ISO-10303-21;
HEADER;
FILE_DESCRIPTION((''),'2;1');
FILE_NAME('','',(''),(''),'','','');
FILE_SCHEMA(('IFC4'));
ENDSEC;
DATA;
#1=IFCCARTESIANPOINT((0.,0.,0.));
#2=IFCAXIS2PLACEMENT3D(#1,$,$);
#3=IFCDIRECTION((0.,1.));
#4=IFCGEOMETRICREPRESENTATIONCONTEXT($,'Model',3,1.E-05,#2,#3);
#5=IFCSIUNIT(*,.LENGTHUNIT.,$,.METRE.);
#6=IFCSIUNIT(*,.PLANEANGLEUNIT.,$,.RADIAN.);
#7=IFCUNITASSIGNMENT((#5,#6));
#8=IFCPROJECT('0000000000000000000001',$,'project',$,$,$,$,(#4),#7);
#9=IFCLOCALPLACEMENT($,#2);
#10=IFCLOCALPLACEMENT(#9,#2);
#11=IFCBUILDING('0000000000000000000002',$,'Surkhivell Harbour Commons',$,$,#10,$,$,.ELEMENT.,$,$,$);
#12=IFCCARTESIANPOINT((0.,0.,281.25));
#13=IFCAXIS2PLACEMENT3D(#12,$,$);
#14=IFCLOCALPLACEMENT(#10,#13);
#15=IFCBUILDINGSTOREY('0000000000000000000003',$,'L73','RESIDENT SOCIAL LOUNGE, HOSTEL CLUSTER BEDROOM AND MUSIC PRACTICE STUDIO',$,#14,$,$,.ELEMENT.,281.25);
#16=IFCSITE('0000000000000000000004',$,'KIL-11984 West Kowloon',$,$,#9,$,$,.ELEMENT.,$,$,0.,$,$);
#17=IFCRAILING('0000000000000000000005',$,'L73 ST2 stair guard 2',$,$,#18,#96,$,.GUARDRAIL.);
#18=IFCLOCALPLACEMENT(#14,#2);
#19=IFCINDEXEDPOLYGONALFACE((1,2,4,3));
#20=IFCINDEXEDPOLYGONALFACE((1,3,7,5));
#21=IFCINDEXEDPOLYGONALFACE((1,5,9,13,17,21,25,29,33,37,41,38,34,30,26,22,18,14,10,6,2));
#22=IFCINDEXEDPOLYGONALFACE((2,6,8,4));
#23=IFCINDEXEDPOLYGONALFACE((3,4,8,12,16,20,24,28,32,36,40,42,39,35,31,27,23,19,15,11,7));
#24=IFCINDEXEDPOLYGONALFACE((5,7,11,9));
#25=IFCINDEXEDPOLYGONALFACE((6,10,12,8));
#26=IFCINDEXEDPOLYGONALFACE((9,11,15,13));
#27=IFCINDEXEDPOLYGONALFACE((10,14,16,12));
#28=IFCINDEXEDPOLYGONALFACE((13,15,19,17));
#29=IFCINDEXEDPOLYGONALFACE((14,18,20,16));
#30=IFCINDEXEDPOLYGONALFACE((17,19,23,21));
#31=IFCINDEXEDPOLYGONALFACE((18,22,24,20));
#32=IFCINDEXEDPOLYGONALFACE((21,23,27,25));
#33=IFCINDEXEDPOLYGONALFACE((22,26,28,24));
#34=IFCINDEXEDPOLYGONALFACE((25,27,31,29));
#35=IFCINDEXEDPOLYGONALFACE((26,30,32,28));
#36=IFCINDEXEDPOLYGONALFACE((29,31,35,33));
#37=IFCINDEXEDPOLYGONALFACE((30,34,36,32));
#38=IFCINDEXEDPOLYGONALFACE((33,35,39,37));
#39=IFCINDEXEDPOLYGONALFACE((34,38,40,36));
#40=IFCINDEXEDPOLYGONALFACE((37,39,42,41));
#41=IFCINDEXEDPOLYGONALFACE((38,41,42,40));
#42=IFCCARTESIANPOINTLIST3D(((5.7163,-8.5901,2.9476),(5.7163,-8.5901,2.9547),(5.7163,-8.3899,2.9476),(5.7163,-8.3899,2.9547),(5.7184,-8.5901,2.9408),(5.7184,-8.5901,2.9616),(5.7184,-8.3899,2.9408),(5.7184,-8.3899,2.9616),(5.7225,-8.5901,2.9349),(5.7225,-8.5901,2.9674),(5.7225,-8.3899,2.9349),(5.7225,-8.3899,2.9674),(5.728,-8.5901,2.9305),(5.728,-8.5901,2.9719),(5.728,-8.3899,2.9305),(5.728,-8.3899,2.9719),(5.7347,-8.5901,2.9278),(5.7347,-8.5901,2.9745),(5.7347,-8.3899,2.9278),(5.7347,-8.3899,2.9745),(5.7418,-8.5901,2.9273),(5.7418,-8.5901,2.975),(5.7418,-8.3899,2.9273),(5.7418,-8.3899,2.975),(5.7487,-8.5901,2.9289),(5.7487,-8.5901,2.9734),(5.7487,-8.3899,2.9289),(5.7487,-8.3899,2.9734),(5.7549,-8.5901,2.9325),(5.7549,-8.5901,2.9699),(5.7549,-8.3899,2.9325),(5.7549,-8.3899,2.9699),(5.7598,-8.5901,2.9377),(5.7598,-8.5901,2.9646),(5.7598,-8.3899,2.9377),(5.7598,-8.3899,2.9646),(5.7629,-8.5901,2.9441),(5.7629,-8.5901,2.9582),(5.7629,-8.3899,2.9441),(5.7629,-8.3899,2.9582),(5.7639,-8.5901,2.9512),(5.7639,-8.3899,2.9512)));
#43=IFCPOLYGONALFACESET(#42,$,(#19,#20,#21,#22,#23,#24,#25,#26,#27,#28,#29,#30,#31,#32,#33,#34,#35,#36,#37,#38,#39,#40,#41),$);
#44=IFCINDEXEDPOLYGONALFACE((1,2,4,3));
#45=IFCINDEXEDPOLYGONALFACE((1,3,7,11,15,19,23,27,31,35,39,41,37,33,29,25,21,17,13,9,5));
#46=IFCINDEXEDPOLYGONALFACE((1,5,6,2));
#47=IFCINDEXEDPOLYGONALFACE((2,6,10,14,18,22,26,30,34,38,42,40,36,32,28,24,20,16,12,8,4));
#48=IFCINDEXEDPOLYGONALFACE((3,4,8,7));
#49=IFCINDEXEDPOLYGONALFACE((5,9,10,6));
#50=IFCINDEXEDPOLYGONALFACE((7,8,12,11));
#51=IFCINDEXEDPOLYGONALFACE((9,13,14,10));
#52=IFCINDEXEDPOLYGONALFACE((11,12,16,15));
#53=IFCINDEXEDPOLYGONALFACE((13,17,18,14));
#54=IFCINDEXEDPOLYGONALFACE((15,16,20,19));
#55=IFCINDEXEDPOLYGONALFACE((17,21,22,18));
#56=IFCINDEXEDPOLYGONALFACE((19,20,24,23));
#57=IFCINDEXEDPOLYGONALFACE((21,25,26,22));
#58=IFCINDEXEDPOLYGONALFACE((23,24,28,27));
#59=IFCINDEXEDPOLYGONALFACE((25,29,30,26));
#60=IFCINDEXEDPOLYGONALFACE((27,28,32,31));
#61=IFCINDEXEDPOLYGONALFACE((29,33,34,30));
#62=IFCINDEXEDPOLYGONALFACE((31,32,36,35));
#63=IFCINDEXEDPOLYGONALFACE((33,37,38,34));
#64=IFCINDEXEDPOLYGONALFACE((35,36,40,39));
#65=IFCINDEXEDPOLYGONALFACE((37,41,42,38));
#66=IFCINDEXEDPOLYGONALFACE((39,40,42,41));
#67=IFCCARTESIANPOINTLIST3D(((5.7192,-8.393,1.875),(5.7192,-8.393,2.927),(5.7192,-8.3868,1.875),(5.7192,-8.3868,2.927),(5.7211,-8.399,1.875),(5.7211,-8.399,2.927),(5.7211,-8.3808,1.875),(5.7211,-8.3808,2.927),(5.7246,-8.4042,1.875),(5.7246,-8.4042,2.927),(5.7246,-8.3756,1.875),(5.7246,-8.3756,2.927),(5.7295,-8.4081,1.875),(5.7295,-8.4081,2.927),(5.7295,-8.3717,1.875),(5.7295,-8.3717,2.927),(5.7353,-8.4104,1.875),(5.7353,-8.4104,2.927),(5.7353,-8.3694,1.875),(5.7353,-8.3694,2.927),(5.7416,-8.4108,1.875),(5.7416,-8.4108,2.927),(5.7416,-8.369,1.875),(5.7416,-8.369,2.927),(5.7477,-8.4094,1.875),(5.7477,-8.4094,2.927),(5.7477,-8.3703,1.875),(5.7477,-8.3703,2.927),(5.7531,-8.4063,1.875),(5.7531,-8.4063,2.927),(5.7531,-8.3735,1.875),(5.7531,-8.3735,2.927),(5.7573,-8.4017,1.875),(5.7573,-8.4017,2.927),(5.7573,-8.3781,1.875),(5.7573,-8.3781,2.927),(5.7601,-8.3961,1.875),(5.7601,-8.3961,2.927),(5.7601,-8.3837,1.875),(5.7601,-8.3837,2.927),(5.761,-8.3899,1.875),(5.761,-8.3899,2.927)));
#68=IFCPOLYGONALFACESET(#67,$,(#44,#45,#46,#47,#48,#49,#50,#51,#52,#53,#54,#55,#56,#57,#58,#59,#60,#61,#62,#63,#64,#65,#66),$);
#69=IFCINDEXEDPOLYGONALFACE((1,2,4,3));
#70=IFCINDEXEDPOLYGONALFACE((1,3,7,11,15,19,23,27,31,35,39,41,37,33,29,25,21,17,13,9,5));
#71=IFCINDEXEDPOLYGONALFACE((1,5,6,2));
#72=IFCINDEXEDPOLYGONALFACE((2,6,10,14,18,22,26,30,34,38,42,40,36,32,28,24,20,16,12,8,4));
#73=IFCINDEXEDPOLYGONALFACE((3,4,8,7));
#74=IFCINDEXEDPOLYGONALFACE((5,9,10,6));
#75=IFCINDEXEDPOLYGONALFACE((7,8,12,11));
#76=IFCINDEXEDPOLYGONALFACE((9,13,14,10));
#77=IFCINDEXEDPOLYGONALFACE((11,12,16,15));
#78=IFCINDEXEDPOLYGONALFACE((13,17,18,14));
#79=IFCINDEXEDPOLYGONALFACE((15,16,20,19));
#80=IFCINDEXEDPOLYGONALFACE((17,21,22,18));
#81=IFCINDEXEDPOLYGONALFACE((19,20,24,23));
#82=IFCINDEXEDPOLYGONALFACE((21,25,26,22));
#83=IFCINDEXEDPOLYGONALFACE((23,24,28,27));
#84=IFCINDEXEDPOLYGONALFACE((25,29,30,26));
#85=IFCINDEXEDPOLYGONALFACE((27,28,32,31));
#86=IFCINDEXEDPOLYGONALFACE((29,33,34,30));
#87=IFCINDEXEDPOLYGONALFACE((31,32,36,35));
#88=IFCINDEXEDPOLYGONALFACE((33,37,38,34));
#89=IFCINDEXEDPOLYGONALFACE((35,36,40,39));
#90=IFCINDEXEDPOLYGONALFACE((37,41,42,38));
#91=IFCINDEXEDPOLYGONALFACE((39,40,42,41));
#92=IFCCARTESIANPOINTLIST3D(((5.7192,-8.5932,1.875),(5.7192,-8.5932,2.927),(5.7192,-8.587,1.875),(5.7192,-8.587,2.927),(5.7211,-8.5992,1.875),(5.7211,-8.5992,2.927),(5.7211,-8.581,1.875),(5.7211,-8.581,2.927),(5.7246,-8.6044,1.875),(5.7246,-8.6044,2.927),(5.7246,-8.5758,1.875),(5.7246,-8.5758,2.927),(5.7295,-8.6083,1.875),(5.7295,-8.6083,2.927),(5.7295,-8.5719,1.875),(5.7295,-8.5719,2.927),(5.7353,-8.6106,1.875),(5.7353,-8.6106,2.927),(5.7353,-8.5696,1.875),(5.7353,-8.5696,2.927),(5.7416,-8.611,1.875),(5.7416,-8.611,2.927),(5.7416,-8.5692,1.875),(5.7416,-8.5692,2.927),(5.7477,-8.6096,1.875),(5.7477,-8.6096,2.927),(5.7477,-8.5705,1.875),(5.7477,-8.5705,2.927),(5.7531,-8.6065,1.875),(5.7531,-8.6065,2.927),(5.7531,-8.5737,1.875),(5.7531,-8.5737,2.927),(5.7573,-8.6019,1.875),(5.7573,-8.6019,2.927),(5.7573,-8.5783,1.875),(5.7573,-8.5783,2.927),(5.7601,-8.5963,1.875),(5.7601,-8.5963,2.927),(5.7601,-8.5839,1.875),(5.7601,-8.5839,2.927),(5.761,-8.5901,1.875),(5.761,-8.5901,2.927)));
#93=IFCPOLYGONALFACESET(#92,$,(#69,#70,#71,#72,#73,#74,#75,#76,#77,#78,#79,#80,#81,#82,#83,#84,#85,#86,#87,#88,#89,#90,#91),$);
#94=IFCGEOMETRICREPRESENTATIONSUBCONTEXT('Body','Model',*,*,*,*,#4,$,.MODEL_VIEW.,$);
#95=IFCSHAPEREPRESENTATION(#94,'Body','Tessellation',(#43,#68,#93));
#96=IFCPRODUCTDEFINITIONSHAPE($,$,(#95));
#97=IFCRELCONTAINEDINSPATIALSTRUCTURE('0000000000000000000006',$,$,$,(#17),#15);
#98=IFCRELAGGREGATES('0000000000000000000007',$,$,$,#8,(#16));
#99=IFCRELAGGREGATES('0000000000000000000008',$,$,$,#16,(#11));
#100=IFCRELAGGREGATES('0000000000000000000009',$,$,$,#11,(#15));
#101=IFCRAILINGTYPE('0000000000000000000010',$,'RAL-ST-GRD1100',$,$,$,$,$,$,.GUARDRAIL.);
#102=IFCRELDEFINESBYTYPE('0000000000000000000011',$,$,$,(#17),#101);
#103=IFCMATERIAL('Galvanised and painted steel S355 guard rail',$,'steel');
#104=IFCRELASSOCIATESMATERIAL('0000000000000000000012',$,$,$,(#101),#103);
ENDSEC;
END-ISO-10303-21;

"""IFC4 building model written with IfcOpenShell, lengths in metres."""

from ifc_helpers import new_model, si_unit, direction, frame, origin, origin_2d, place, context, subcontext, project, spatial, circle, extrude, material, type_object, element, save


model = new_model("IFC4")

# Units and contexts
model_context = context("Model", 3, precision=1e-05, world=origin(), true_north=direction((0.0, 1.0)))
body_context = subcontext(model_context, "Body", "Model", "MODEL_VIEW")
ifc_project = project(units=[si_unit("LENGTHUNIT", "METRE"), si_unit("PLANEANGLEUNIT", "RADIAN")], contexts=[model_context])

# Site, building, storey
site_placement = place(None, origin())
site = spatial("IfcSite", under=ifc_project, at=site_placement, Name="KIL-11984 West Kowloon", CompositionType="ELEMENT", RefElevation=0.0)
building_placement = place(site_placement, origin())
building = spatial("IfcBuilding", under=site, at=building_placement, Name="Surkhivell Harbour Commons", CompositionType="ELEMENT")
storey_placement = place(building_placement, frame((0.0, 0.0, 281.25)))
storey = spatial("IfcBuildingStorey", under=building, at=storey_placement, Name="L73", Description="RESIDENT SOCIAL LOUNGE, HOSTEL CLUSTER BEDROOM AND MUSIC PRACTICE STUDIO", CompositionType="ELEMENT", Elevation=281.25)

# Railing
ifc_material_1 = material(Name="Galvanised and painted steel S355 guard rail", Category="steel")
railing_type_1 = type_object("IfcRailingType", Name="RAL-ST-GRD1100", PredefinedType="GUARDRAIL", material=ifc_material_1)
railing_1_placement = place(storey_placement, frame((5.74, -8.3899, 1.875)))
element("IfcRailing", 1, at=railing_1_placement, inside=storey, type_object=railing_type_1, Name="L73 ST2 stair guard 2", PredefinedType="GUARDRAIL", context=body_context, shape_type="SweptSolid", body=[
    extrude(circle(Radius=0.0239, at=origin_2d()), frame((0.0, 0.0, 1.0762), z_axis=(0.0, -1.0, 0.0), x_axis=(1.0, 0.0, 0.0)), (0.0, 0.0, 1.0), 0.2002),
    extrude(circle(Radius=0.021, at=origin_2d()), origin(), (0.0, 0.0, 1.0), 1.052),
    extrude(circle(Radius=0.021, at=origin_2d()), frame((0.0, -0.2002, 0.0)), (0.0, 0.0, 1.0), 1.052),
])

save(model, "model.ifc")
